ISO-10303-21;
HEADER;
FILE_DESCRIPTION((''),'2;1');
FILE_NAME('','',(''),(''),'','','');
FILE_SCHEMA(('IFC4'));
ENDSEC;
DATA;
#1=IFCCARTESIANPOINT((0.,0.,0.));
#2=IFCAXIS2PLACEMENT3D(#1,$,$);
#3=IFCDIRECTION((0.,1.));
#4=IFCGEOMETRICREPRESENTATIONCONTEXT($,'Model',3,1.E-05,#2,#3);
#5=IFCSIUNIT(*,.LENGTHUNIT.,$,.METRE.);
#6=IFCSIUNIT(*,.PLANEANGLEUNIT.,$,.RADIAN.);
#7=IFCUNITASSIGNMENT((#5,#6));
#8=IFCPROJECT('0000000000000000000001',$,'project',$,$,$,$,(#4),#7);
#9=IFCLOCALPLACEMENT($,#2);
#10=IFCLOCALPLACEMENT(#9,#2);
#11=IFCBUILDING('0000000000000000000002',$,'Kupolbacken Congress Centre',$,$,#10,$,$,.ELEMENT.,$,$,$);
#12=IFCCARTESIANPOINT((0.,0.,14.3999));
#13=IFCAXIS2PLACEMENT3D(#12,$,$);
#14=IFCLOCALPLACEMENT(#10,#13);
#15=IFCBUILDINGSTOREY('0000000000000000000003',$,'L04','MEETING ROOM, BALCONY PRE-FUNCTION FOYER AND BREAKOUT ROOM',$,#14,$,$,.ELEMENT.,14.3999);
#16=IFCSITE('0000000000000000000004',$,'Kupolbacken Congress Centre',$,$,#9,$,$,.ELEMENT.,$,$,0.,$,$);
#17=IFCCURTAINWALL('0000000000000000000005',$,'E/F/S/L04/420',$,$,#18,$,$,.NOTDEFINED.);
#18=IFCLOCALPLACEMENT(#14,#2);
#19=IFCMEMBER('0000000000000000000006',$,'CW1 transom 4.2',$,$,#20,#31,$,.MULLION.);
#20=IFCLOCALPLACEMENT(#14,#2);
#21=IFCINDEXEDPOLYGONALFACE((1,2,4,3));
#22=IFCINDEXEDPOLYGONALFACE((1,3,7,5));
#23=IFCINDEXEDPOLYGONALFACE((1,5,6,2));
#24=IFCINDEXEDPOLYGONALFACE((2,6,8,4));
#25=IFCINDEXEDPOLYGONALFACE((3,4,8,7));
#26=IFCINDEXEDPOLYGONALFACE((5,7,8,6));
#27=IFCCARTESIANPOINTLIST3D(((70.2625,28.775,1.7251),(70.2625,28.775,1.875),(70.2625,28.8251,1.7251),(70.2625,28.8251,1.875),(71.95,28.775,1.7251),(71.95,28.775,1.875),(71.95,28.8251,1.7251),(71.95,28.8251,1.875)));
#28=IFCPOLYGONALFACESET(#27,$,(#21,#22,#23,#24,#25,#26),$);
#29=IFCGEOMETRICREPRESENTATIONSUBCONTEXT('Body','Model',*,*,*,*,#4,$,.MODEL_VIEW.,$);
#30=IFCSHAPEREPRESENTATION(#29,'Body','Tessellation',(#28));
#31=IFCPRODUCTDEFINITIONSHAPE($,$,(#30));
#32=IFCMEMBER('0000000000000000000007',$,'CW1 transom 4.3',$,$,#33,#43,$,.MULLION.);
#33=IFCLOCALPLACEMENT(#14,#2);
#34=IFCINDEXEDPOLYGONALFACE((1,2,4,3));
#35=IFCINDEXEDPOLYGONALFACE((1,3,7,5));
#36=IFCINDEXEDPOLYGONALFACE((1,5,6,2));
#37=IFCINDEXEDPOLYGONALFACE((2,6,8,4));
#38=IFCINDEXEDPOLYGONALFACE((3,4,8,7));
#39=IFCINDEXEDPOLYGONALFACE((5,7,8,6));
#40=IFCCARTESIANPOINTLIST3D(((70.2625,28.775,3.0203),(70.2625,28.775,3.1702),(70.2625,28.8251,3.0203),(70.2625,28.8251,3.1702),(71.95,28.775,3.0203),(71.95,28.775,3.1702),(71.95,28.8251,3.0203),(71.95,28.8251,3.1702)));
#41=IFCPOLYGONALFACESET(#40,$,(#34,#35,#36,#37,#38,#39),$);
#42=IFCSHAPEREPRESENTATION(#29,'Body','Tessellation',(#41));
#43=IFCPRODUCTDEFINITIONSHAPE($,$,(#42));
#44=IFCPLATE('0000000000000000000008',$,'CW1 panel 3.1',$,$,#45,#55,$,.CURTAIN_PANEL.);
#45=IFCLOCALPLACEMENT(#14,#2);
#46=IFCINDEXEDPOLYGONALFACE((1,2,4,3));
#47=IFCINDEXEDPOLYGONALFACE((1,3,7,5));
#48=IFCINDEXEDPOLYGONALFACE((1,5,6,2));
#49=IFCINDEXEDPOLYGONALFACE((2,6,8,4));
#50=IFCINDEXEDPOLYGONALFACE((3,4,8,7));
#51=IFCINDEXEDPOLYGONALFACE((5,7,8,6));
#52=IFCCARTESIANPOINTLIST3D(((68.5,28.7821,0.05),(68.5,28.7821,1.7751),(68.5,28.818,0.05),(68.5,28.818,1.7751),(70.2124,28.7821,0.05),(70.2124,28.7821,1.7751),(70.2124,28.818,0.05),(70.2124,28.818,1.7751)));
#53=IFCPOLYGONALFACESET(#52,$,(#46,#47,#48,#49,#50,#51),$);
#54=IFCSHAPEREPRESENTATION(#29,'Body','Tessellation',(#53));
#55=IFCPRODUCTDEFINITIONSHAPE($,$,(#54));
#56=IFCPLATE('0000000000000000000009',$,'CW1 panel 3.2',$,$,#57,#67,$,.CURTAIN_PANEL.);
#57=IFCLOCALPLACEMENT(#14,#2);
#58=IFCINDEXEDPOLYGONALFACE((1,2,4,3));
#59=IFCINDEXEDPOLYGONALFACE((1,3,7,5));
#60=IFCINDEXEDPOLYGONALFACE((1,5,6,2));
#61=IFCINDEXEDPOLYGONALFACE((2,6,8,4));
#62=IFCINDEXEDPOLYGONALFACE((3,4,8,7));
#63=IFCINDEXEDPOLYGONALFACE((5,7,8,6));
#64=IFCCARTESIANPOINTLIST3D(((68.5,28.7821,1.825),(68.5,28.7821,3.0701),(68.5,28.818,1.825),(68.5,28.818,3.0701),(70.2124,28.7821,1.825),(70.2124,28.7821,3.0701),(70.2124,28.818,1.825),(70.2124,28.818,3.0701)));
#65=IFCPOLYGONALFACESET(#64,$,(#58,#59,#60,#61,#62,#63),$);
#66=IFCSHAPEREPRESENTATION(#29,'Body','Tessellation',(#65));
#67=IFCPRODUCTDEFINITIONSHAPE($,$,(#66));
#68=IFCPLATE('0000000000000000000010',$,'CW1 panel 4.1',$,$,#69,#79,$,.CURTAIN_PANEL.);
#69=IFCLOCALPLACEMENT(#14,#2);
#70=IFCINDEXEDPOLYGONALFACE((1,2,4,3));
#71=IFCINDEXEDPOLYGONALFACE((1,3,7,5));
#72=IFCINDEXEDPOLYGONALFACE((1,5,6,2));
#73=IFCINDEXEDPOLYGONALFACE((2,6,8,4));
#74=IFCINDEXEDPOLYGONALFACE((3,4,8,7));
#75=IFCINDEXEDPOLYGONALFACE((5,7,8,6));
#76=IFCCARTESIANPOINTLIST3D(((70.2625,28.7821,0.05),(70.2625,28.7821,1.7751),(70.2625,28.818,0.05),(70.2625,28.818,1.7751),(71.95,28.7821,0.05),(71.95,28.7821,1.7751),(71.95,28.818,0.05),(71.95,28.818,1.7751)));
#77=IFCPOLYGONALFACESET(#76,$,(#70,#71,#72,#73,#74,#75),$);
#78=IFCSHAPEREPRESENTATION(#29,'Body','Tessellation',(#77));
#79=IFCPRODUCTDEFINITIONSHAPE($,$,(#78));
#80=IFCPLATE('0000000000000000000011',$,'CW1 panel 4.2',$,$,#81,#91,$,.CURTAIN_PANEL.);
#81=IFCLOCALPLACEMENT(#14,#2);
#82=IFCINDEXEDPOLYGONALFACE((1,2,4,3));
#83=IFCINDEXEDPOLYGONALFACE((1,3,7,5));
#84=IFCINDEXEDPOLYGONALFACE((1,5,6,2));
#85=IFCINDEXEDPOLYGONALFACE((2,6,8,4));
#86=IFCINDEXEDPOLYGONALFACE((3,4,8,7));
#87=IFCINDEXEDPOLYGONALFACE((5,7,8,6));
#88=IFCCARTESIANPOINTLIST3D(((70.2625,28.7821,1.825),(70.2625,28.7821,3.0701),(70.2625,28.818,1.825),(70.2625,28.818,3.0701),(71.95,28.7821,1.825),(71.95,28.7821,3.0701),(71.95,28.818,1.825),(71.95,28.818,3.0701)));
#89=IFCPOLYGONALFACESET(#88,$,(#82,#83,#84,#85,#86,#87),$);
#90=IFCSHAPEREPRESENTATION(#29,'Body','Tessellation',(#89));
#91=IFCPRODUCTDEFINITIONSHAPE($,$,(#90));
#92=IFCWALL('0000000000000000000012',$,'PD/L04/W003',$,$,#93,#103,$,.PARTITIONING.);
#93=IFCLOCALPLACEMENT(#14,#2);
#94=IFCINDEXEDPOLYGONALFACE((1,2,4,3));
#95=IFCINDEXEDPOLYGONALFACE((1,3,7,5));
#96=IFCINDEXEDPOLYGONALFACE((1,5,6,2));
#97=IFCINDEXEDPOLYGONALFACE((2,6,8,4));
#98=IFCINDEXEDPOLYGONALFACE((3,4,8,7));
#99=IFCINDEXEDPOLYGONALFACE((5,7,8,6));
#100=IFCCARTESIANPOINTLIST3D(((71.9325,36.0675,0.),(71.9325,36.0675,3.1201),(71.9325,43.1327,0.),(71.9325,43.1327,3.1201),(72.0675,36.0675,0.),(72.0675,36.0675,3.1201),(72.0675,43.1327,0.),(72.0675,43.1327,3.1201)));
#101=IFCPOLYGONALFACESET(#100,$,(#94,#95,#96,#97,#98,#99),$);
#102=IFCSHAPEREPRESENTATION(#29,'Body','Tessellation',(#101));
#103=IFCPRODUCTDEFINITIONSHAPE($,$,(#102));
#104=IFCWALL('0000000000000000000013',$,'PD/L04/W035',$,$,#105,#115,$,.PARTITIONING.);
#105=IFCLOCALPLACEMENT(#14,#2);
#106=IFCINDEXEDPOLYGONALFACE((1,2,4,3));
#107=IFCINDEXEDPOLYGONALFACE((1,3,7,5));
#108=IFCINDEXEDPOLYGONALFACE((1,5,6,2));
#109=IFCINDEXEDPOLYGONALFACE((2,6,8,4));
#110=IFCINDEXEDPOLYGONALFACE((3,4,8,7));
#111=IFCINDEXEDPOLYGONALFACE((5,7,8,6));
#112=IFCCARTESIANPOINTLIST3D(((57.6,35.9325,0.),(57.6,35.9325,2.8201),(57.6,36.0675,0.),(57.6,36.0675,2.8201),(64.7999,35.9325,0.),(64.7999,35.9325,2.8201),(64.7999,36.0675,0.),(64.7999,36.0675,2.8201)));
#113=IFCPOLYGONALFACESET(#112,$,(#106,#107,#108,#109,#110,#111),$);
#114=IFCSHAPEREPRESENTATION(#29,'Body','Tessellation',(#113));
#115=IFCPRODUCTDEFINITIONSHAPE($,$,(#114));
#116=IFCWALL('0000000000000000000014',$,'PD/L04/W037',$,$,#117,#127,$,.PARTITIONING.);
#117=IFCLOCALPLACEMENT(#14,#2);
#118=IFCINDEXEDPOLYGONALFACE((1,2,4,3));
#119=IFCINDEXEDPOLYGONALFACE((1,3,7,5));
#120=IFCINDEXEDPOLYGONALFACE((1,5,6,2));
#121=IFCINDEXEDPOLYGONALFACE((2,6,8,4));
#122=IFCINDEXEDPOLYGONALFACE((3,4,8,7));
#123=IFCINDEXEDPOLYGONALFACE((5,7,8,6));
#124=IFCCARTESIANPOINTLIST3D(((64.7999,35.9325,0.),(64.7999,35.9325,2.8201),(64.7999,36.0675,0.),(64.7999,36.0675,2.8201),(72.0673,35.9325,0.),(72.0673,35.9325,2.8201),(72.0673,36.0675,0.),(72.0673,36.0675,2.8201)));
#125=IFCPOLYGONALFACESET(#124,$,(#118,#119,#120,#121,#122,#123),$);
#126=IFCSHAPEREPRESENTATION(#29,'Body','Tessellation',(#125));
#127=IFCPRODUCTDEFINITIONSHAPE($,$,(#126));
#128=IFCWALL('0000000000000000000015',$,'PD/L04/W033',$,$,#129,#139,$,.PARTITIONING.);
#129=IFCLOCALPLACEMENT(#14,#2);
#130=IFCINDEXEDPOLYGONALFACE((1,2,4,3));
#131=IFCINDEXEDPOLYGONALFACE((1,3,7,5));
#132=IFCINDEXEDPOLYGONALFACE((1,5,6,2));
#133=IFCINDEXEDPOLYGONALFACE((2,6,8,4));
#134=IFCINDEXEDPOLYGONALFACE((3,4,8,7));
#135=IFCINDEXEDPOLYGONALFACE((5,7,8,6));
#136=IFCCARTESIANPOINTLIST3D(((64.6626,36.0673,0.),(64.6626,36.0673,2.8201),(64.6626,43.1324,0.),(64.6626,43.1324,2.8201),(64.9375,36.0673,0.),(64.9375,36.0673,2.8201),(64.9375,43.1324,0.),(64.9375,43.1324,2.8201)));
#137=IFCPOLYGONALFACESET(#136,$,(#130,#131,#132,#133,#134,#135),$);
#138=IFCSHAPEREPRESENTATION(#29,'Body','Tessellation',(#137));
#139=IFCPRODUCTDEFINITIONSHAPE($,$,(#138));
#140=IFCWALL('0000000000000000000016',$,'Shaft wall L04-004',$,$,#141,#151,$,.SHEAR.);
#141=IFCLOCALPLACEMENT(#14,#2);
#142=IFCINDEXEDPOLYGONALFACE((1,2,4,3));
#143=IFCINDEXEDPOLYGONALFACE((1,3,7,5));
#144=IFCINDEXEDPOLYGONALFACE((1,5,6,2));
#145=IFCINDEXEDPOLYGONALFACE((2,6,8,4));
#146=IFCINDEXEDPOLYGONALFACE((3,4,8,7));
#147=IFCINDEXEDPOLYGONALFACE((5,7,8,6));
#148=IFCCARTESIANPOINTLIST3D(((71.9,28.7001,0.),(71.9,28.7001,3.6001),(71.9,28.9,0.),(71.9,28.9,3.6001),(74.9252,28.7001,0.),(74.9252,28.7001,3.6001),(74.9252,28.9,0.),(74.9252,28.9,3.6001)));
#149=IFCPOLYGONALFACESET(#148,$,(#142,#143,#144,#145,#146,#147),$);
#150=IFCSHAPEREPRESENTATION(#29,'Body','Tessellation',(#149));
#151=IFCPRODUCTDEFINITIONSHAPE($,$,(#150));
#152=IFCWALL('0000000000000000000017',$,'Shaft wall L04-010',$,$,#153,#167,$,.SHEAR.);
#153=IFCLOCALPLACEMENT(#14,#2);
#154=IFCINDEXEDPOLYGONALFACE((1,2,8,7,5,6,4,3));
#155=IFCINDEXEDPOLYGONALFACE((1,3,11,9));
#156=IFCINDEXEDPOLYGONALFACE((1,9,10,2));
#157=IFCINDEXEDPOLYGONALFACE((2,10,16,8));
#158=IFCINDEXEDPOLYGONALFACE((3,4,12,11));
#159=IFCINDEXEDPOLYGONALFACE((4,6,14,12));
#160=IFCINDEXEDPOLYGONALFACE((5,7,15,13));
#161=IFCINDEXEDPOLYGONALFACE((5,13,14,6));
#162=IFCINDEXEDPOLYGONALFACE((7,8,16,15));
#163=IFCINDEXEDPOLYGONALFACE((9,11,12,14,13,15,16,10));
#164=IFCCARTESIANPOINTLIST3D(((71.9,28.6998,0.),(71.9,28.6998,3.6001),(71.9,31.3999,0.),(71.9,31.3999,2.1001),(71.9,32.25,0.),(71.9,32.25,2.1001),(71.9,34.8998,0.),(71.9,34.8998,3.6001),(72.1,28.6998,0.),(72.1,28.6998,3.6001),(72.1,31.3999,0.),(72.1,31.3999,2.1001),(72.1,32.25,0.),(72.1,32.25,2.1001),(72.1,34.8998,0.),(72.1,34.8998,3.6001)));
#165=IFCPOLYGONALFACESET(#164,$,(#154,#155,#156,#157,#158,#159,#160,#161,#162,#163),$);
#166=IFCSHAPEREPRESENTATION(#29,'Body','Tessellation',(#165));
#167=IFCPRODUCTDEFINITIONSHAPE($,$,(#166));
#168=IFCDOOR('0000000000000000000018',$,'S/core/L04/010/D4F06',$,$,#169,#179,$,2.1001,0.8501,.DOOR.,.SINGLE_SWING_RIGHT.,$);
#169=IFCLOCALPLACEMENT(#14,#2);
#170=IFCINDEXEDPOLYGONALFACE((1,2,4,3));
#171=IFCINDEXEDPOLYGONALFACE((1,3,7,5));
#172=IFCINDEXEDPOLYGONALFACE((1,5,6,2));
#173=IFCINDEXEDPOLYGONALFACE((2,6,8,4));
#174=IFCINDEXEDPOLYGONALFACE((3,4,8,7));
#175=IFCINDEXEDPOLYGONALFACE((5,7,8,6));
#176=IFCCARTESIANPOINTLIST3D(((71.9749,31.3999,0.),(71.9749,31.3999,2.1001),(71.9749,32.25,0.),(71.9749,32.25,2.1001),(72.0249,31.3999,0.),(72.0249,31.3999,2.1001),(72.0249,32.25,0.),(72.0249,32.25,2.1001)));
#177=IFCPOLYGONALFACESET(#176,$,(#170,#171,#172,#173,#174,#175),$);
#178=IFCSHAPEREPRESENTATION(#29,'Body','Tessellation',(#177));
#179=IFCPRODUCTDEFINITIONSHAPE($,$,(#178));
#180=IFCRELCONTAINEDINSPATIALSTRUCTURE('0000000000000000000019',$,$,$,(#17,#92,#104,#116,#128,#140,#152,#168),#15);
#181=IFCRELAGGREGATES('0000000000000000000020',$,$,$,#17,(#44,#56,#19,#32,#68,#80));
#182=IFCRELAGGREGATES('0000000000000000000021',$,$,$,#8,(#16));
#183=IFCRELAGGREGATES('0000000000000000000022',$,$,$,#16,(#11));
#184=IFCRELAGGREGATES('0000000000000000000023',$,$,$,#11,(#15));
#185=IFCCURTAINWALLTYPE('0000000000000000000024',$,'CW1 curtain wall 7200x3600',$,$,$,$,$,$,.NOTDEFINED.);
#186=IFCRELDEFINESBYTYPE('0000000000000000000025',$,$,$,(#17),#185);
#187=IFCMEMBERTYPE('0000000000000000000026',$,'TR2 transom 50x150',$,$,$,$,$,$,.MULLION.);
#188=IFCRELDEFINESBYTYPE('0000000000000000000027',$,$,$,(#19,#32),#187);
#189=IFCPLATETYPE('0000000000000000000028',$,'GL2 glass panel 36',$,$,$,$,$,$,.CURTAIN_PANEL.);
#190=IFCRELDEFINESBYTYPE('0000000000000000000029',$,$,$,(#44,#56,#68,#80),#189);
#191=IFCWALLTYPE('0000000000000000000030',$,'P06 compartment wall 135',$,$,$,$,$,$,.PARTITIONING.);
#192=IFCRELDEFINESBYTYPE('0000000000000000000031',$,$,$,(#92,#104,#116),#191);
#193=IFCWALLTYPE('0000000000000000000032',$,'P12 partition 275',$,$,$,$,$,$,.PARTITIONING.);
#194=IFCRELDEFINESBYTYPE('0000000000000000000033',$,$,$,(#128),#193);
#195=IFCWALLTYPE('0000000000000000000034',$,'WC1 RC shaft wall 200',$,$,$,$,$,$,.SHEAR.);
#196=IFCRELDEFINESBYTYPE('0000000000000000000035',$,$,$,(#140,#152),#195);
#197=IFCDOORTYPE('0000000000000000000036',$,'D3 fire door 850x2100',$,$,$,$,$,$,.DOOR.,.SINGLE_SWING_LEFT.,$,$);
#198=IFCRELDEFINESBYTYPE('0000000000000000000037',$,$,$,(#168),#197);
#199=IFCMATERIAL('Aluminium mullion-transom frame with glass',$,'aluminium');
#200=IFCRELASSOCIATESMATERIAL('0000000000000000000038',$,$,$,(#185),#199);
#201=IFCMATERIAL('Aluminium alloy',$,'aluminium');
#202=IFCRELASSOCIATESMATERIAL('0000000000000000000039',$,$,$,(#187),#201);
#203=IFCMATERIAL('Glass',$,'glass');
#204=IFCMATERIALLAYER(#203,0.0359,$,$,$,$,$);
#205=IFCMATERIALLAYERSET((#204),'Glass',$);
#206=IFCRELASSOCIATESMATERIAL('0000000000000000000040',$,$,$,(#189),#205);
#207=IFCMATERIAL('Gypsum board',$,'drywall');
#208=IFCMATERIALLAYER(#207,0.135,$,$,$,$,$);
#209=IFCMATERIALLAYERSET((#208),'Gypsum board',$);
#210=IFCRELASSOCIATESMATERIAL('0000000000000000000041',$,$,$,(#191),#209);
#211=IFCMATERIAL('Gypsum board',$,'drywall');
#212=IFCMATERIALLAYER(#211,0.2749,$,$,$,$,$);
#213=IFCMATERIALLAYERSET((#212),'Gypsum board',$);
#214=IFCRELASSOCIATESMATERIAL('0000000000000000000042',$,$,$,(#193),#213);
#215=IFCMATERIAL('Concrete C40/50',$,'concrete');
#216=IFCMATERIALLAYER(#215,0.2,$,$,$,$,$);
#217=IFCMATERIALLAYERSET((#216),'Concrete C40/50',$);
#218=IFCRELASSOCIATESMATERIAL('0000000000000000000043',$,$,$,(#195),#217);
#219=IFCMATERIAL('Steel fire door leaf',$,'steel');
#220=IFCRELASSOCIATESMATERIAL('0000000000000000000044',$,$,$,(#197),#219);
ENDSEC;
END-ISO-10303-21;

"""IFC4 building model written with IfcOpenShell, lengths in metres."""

from ifc_helpers import new_model, si_unit, direction, frame, frame_2d, origin, origin_2d, place, context, subcontext, project, spatial, rectangle, extrude, material, layer, layer_set, material_profile, profile_set, type_object, element, fill, aggregate, save


model = new_model("IFC4")

# Units and contexts
model_context = context("Model", 3, precision=1e-05, world=origin(), true_north=direction((0.0, 1.0)))
body_context = subcontext(model_context, "Body", "Model", "MODEL_VIEW")
ifc_project = project(units=[si_unit("LENGTHUNIT", "METRE"), si_unit("PLANEANGLEUNIT", "RADIAN")], contexts=[model_context])

# Site, building, storey
site_placement = place(None, origin())
site = spatial("IfcSite", under=ifc_project, at=site_placement, Name="Kupolbacken Congress Centre", CompositionType="ELEMENT", RefElevation=0.0)
building_placement = place(site_placement, origin())
building = spatial("IfcBuilding", under=site, at=building_placement, Name="Kupolbacken Congress Centre", CompositionType="ELEMENT")
storey_placement = place(building_placement, frame((0.0, 0.0, 14.3999)))
storey = spatial("IfcBuildingStorey", under=building, at=storey_placement, Name="L04", Description="MEETING ROOM, BALCONY PRE-FUNCTION FOYER AND BREAKOUT ROOM", CompositionType="ELEMENT", Elevation=14.3999)

# Curtain wall, members, plates
ifc_material_1 = material(Name="Aluminium mullion-transom frame with glass", Category="aluminium")
curtain_wall_type = type_object("IfcCurtainWallType", Name="CW1 curtain wall 7200x3600", PredefinedType="NOTDEFINED", material=ifc_material_1)
curtain_wall_placement = place(storey_placement, origin())
curtain_wall = element("IfcCurtainWall", 1, at=curtain_wall_placement, inside=storey, type_object=curtain_wall_type, Name="E/F/S/L04/420", PredefinedType="NOTDEFINED")
ifc_material_2 = material(Name="Aluminium alloy", Category="aluminium")
ifc_material_profile_1 = material_profile(ifc_material_2, rectangle(XDim=0.05, YDim=0.1499, at=origin_2d()), Name="50 x 150")
ifc_profile_set_1 = profile_set([ifc_material_profile_1], Name="Aluminium alloy")
member_type_1 = type_object("IfcMemberType", Name="TR2 transom 50x150", PredefinedType="MULLION", material=ifc_profile_set_1)
member_1_placement = place(storey_placement, frame((70.2625, 28.8, 1.8), z_axis=(1.0, 0.0, 0.0), x_axis=(0.0, 1.0, 0.0)))
member_1 = element("IfcMember", 2, at=member_1_placement, type_object=member_type_1, Name="CW1 transom 4.2", PredefinedType="MULLION", context=body_context, shape_type="SweptSolid", body=[
    extrude(rectangle(XDim=0.05, YDim=0.1499, at=origin_2d()), origin(), (0.0, 0.0, 1.0), 1.6875),
])
member_2_placement = place(storey_placement, frame((70.2625, 28.8, 3.0952), z_axis=(1.0, 0.0, 0.0), x_axis=(0.0, 1.0, 0.0)))
member_2 = element("IfcMember", 3, at=member_2_placement, type_object=member_type_1, Name="CW1 transom 4.3", PredefinedType="MULLION", context=body_context, shape_type="SweptSolid", body=[
    extrude(rectangle(XDim=0.05, YDim=0.1499, at=origin_2d()), origin(), (0.0, 0.0, 1.0), 1.6875),
])
ifc_material_3 = material(Name="Glass", Category="glass")
ifc_layer_1 = layer(ifc_material_3, 0.0359)
ifc_layer_set_1 = layer_set([ifc_layer_1], Name="Glass")
plate_type = type_object("IfcPlateType", Name="GL2 glass panel 36", PredefinedType="CURTAIN_PANEL", material=ifc_layer_set_1)
plate_1_placement = place(storey_placement, frame((69.3562, 28.8, 0.05), z_axis=(0.0, 0.0, 1.0), x_axis=(1.0, 0.0, 0.0)))
plate_1 = element("IfcPlate", 4, at=plate_1_placement, type_object=plate_type, Name="CW1 panel 3.1", PredefinedType="CURTAIN_PANEL", context=body_context, shape_type="SweptSolid", body=[
    extrude(rectangle(XDim=1.7124, YDim=0.0359, at=origin_2d()), origin(), (0.0, 0.0, 1.0), 1.7251),
])
plate_2_placement = place(storey_placement, frame((69.3562, 28.8, 1.825), z_axis=(0.0, 0.0, 1.0), x_axis=(1.0, 0.0, 0.0)))
plate_2 = element("IfcPlate", 5, at=plate_2_placement, type_object=plate_type, Name="CW1 panel 3.2", PredefinedType="CURTAIN_PANEL", context=body_context, shape_type="SweptSolid", body=[
    extrude(rectangle(XDim=1.7124, YDim=0.0359, at=origin_2d()), origin(), (0.0, 0.0, 1.0), 1.2451),
])
plate_3_placement = place(storey_placement, frame((71.1062, 28.8, 0.05), z_axis=(0.0, 0.0, 1.0), x_axis=(1.0, 0.0, 0.0)))
plate_3 = element("IfcPlate", 6, at=plate_3_placement, type_object=plate_type, Name="CW1 panel 4.1", PredefinedType="CURTAIN_PANEL", context=body_context, shape_type="SweptSolid", body=[
    extrude(rectangle(XDim=1.6875, YDim=0.0359, at=origin_2d()), origin(), (0.0, 0.0, 1.0), 1.7251),
])
plate_4_placement = place(storey_placement, frame((71.1062, 28.8, 1.825), z_axis=(0.0, 0.0, 1.0), x_axis=(1.0, 0.0, 0.0)))
plate_4 = element("IfcPlate", 7, at=plate_4_placement, type_object=plate_type, Name="CW1 panel 4.2", PredefinedType="CURTAIN_PANEL", context=body_context, shape_type="SweptSolid", body=[
    extrude(rectangle(XDim=1.6875, YDim=0.0359, at=origin_2d()), origin(), (0.0, 0.0, 1.0), 1.2451),
])
aggregate(curtain_wall, [plate_1, plate_2, member_1, member_2, plate_3, plate_4])

# Walls
ifc_material_4 = material(Name="Gypsum board", Category="drywall")
ifc_layer_2 = layer(ifc_material_4, 0.135)
ifc_layer_set_2 = layer_set([ifc_layer_2], Name="Gypsum board")
wall_type_1 = type_object("IfcWallType", Name="P06 compartment wall 135", PredefinedType="PARTITIONING", material=ifc_layer_set_2)
wall_1_placement = place(storey_placement, frame((72.0, 36.0674, 0.0), z_axis=(0.0, 0.0, 1.0), x_axis=(0.0, 1.0, 0.0)))
element("IfcWall", 8, at=wall_1_placement, inside=storey, type_object=wall_type_1, Name="PD/L04/W003", PredefinedType="PARTITIONING", context=body_context, shape_type="SweptSolid", body=[
    extrude(rectangle(XDim=7.0652, YDim=0.135, at=frame_2d((3.5327, 0.0))), origin(), (0.0, 0.0, 1.0), 3.1201),
])
wall_2_placement = place(storey_placement, frame((64.8, 36.0, 0.0), z_axis=(0.0, 0.0, 1.0), x_axis=(-1.0, 0.0, 0.0)))
element("IfcWall", 9, at=wall_2_placement, inside=storey, type_object=wall_type_1, Name="PD/L04/W035", PredefinedType="PARTITIONING", context=body_context, shape_type="SweptSolid", body=[
    extrude(rectangle(XDim=7.2, YDim=0.135, at=frame_2d((3.6001, 0.0))), origin(), (0.0, 0.0, 1.0), 2.8201),
])
wall_3_placement = place(storey_placement, frame((72.0674, 36.0, 0.0), z_axis=(0.0, 0.0, 1.0), x_axis=(-1.0, 0.0, 0.0)))
element("IfcWall", 10, at=wall_3_placement, inside=storey, type_object=wall_type_1, Name="PD/L04/W037", PredefinedType="PARTITIONING", context=body_context, shape_type="SweptSolid", body=[
    extrude(rectangle(XDim=7.2673, YDim=0.135, at=frame_2d((3.6338, 0.0))), origin(), (0.0, 0.0, 1.0), 2.8201),
])
ifc_material_5 = material(Name="Gypsum board", Category="drywall")
ifc_layer_3 = layer(ifc_material_5, 0.2749)
ifc_layer_set_3 = layer_set([ifc_layer_3], Name="Gypsum board")
wall_type_2 = type_object("IfcWallType", Name="P12 partition 275", PredefinedType="PARTITIONING", material=ifc_layer_set_3)
wall_4_placement = place(storey_placement, frame((64.8, 43.1326, 0.0), z_axis=(0.0, 0.0, 1.0), x_axis=(0.0, -1.0, 0.0)))
element("IfcWall", 11, at=wall_4_placement, inside=storey, type_object=wall_type_2, Name="PD/L04/W033", PredefinedType="PARTITIONING", context=body_context, shape_type="SweptSolid", body=[
    extrude(rectangle(XDim=7.0652, YDim=0.2749, at=frame_2d((3.5327, 0.0))), origin(), (0.0, 0.0, 1.0), 2.8201),
])
ifc_material_6 = material(Name="Concrete C40/50", Category="concrete")
ifc_layer_4 = layer(ifc_material_6, 0.2)
ifc_layer_set_4 = layer_set([ifc_layer_4], Name="Concrete C40/50")
wall_type_3 = type_object("IfcWallType", Name="WC1 RC shaft wall 200", PredefinedType="SHEAR", material=ifc_layer_set_4)
wall_5_placement = place(storey_placement, frame((71.8999, 28.8, 0.0), z_axis=(0.0, 0.0, 1.0), x_axis=(1.0, 0.0, 0.0)))
element("IfcWall", 12, at=wall_5_placement, inside=storey, type_object=wall_type_3, Name="Shaft wall L04-004", PredefinedType="SHEAR", context=body_context, shape_type="SweptSolid", body=[
    extrude(rectangle(XDim=3.0251, YDim=0.2, at=frame_2d((1.5127, 0.0))), origin(), (0.0, 0.0, 1.0), 3.6001),
])

# Wall, opening, door
wall_6_placement = place(storey_placement, frame((72.0, 34.8999, 0.0), z_axis=(0.0, 0.0, 1.0), x_axis=(0.0, -1.0, 0.0)))
wall_6 = element("IfcWall", 13, at=wall_6_placement, inside=storey, type_object=wall_type_3, Name="Shaft wall L04-010", PredefinedType="SHEAR", context=body_context, shape_type="SweptSolid", body=[
    extrude(rectangle(XDim=6.2, YDim=0.2, at=frame_2d((3.1001, 0.0))), origin(), (0.0, 0.0, 1.0), 3.6001),
])
opening_placement = place(wall_6_placement, frame((2.6499, 0.0, 0.0)))
opening = element("IfcOpeningElement", 14, at=opening_placement, cuts=wall_6, PredefinedType="OPENING", context=body_context, shape_type="SweptSolid", body=[
    extrude(rectangle(XDim=0.8501, YDim=2.1001, at=frame_2d((0.425, 1.05))), frame((0.0, 0.1099, 0.0), z_axis=(0.0, -1.0, 0.0), x_axis=(1.0, 0.0, 0.0)), (0.0, 0.0, 1.0), 0.22),
])
ifc_material_7 = material(Name="Steel fire door leaf", Category="steel")
door_type = type_object("IfcDoorType", Name="D3 fire door 850x2100", OperationType="SINGLE_SWING_LEFT", PredefinedType="DOOR", material=ifc_material_7)
door_placement = place(opening_placement, origin())
door = element("IfcDoor", 15, at=door_placement, inside=storey, type_object=door_type, Name="S/core/L04/010/D4F06", OperationType="SINGLE_SWING_RIGHT", OverallHeight=2.1001, OverallWidth=0.8501, PredefinedType="DOOR", context=body_context, shape_type="SweptSolid", body=[
    extrude(rectangle(XDim=0.8501, YDim=2.1001, at=frame_2d((0.425, 1.05))), frame((0.0, 0.0249, 0.0), z_axis=(0.0, -1.0, 0.0), x_axis=(1.0, 0.0, 0.0)), (0.0, 0.0, 1.0), 0.05),
])
fill(opening, door)

save(model, "model.ifc")
